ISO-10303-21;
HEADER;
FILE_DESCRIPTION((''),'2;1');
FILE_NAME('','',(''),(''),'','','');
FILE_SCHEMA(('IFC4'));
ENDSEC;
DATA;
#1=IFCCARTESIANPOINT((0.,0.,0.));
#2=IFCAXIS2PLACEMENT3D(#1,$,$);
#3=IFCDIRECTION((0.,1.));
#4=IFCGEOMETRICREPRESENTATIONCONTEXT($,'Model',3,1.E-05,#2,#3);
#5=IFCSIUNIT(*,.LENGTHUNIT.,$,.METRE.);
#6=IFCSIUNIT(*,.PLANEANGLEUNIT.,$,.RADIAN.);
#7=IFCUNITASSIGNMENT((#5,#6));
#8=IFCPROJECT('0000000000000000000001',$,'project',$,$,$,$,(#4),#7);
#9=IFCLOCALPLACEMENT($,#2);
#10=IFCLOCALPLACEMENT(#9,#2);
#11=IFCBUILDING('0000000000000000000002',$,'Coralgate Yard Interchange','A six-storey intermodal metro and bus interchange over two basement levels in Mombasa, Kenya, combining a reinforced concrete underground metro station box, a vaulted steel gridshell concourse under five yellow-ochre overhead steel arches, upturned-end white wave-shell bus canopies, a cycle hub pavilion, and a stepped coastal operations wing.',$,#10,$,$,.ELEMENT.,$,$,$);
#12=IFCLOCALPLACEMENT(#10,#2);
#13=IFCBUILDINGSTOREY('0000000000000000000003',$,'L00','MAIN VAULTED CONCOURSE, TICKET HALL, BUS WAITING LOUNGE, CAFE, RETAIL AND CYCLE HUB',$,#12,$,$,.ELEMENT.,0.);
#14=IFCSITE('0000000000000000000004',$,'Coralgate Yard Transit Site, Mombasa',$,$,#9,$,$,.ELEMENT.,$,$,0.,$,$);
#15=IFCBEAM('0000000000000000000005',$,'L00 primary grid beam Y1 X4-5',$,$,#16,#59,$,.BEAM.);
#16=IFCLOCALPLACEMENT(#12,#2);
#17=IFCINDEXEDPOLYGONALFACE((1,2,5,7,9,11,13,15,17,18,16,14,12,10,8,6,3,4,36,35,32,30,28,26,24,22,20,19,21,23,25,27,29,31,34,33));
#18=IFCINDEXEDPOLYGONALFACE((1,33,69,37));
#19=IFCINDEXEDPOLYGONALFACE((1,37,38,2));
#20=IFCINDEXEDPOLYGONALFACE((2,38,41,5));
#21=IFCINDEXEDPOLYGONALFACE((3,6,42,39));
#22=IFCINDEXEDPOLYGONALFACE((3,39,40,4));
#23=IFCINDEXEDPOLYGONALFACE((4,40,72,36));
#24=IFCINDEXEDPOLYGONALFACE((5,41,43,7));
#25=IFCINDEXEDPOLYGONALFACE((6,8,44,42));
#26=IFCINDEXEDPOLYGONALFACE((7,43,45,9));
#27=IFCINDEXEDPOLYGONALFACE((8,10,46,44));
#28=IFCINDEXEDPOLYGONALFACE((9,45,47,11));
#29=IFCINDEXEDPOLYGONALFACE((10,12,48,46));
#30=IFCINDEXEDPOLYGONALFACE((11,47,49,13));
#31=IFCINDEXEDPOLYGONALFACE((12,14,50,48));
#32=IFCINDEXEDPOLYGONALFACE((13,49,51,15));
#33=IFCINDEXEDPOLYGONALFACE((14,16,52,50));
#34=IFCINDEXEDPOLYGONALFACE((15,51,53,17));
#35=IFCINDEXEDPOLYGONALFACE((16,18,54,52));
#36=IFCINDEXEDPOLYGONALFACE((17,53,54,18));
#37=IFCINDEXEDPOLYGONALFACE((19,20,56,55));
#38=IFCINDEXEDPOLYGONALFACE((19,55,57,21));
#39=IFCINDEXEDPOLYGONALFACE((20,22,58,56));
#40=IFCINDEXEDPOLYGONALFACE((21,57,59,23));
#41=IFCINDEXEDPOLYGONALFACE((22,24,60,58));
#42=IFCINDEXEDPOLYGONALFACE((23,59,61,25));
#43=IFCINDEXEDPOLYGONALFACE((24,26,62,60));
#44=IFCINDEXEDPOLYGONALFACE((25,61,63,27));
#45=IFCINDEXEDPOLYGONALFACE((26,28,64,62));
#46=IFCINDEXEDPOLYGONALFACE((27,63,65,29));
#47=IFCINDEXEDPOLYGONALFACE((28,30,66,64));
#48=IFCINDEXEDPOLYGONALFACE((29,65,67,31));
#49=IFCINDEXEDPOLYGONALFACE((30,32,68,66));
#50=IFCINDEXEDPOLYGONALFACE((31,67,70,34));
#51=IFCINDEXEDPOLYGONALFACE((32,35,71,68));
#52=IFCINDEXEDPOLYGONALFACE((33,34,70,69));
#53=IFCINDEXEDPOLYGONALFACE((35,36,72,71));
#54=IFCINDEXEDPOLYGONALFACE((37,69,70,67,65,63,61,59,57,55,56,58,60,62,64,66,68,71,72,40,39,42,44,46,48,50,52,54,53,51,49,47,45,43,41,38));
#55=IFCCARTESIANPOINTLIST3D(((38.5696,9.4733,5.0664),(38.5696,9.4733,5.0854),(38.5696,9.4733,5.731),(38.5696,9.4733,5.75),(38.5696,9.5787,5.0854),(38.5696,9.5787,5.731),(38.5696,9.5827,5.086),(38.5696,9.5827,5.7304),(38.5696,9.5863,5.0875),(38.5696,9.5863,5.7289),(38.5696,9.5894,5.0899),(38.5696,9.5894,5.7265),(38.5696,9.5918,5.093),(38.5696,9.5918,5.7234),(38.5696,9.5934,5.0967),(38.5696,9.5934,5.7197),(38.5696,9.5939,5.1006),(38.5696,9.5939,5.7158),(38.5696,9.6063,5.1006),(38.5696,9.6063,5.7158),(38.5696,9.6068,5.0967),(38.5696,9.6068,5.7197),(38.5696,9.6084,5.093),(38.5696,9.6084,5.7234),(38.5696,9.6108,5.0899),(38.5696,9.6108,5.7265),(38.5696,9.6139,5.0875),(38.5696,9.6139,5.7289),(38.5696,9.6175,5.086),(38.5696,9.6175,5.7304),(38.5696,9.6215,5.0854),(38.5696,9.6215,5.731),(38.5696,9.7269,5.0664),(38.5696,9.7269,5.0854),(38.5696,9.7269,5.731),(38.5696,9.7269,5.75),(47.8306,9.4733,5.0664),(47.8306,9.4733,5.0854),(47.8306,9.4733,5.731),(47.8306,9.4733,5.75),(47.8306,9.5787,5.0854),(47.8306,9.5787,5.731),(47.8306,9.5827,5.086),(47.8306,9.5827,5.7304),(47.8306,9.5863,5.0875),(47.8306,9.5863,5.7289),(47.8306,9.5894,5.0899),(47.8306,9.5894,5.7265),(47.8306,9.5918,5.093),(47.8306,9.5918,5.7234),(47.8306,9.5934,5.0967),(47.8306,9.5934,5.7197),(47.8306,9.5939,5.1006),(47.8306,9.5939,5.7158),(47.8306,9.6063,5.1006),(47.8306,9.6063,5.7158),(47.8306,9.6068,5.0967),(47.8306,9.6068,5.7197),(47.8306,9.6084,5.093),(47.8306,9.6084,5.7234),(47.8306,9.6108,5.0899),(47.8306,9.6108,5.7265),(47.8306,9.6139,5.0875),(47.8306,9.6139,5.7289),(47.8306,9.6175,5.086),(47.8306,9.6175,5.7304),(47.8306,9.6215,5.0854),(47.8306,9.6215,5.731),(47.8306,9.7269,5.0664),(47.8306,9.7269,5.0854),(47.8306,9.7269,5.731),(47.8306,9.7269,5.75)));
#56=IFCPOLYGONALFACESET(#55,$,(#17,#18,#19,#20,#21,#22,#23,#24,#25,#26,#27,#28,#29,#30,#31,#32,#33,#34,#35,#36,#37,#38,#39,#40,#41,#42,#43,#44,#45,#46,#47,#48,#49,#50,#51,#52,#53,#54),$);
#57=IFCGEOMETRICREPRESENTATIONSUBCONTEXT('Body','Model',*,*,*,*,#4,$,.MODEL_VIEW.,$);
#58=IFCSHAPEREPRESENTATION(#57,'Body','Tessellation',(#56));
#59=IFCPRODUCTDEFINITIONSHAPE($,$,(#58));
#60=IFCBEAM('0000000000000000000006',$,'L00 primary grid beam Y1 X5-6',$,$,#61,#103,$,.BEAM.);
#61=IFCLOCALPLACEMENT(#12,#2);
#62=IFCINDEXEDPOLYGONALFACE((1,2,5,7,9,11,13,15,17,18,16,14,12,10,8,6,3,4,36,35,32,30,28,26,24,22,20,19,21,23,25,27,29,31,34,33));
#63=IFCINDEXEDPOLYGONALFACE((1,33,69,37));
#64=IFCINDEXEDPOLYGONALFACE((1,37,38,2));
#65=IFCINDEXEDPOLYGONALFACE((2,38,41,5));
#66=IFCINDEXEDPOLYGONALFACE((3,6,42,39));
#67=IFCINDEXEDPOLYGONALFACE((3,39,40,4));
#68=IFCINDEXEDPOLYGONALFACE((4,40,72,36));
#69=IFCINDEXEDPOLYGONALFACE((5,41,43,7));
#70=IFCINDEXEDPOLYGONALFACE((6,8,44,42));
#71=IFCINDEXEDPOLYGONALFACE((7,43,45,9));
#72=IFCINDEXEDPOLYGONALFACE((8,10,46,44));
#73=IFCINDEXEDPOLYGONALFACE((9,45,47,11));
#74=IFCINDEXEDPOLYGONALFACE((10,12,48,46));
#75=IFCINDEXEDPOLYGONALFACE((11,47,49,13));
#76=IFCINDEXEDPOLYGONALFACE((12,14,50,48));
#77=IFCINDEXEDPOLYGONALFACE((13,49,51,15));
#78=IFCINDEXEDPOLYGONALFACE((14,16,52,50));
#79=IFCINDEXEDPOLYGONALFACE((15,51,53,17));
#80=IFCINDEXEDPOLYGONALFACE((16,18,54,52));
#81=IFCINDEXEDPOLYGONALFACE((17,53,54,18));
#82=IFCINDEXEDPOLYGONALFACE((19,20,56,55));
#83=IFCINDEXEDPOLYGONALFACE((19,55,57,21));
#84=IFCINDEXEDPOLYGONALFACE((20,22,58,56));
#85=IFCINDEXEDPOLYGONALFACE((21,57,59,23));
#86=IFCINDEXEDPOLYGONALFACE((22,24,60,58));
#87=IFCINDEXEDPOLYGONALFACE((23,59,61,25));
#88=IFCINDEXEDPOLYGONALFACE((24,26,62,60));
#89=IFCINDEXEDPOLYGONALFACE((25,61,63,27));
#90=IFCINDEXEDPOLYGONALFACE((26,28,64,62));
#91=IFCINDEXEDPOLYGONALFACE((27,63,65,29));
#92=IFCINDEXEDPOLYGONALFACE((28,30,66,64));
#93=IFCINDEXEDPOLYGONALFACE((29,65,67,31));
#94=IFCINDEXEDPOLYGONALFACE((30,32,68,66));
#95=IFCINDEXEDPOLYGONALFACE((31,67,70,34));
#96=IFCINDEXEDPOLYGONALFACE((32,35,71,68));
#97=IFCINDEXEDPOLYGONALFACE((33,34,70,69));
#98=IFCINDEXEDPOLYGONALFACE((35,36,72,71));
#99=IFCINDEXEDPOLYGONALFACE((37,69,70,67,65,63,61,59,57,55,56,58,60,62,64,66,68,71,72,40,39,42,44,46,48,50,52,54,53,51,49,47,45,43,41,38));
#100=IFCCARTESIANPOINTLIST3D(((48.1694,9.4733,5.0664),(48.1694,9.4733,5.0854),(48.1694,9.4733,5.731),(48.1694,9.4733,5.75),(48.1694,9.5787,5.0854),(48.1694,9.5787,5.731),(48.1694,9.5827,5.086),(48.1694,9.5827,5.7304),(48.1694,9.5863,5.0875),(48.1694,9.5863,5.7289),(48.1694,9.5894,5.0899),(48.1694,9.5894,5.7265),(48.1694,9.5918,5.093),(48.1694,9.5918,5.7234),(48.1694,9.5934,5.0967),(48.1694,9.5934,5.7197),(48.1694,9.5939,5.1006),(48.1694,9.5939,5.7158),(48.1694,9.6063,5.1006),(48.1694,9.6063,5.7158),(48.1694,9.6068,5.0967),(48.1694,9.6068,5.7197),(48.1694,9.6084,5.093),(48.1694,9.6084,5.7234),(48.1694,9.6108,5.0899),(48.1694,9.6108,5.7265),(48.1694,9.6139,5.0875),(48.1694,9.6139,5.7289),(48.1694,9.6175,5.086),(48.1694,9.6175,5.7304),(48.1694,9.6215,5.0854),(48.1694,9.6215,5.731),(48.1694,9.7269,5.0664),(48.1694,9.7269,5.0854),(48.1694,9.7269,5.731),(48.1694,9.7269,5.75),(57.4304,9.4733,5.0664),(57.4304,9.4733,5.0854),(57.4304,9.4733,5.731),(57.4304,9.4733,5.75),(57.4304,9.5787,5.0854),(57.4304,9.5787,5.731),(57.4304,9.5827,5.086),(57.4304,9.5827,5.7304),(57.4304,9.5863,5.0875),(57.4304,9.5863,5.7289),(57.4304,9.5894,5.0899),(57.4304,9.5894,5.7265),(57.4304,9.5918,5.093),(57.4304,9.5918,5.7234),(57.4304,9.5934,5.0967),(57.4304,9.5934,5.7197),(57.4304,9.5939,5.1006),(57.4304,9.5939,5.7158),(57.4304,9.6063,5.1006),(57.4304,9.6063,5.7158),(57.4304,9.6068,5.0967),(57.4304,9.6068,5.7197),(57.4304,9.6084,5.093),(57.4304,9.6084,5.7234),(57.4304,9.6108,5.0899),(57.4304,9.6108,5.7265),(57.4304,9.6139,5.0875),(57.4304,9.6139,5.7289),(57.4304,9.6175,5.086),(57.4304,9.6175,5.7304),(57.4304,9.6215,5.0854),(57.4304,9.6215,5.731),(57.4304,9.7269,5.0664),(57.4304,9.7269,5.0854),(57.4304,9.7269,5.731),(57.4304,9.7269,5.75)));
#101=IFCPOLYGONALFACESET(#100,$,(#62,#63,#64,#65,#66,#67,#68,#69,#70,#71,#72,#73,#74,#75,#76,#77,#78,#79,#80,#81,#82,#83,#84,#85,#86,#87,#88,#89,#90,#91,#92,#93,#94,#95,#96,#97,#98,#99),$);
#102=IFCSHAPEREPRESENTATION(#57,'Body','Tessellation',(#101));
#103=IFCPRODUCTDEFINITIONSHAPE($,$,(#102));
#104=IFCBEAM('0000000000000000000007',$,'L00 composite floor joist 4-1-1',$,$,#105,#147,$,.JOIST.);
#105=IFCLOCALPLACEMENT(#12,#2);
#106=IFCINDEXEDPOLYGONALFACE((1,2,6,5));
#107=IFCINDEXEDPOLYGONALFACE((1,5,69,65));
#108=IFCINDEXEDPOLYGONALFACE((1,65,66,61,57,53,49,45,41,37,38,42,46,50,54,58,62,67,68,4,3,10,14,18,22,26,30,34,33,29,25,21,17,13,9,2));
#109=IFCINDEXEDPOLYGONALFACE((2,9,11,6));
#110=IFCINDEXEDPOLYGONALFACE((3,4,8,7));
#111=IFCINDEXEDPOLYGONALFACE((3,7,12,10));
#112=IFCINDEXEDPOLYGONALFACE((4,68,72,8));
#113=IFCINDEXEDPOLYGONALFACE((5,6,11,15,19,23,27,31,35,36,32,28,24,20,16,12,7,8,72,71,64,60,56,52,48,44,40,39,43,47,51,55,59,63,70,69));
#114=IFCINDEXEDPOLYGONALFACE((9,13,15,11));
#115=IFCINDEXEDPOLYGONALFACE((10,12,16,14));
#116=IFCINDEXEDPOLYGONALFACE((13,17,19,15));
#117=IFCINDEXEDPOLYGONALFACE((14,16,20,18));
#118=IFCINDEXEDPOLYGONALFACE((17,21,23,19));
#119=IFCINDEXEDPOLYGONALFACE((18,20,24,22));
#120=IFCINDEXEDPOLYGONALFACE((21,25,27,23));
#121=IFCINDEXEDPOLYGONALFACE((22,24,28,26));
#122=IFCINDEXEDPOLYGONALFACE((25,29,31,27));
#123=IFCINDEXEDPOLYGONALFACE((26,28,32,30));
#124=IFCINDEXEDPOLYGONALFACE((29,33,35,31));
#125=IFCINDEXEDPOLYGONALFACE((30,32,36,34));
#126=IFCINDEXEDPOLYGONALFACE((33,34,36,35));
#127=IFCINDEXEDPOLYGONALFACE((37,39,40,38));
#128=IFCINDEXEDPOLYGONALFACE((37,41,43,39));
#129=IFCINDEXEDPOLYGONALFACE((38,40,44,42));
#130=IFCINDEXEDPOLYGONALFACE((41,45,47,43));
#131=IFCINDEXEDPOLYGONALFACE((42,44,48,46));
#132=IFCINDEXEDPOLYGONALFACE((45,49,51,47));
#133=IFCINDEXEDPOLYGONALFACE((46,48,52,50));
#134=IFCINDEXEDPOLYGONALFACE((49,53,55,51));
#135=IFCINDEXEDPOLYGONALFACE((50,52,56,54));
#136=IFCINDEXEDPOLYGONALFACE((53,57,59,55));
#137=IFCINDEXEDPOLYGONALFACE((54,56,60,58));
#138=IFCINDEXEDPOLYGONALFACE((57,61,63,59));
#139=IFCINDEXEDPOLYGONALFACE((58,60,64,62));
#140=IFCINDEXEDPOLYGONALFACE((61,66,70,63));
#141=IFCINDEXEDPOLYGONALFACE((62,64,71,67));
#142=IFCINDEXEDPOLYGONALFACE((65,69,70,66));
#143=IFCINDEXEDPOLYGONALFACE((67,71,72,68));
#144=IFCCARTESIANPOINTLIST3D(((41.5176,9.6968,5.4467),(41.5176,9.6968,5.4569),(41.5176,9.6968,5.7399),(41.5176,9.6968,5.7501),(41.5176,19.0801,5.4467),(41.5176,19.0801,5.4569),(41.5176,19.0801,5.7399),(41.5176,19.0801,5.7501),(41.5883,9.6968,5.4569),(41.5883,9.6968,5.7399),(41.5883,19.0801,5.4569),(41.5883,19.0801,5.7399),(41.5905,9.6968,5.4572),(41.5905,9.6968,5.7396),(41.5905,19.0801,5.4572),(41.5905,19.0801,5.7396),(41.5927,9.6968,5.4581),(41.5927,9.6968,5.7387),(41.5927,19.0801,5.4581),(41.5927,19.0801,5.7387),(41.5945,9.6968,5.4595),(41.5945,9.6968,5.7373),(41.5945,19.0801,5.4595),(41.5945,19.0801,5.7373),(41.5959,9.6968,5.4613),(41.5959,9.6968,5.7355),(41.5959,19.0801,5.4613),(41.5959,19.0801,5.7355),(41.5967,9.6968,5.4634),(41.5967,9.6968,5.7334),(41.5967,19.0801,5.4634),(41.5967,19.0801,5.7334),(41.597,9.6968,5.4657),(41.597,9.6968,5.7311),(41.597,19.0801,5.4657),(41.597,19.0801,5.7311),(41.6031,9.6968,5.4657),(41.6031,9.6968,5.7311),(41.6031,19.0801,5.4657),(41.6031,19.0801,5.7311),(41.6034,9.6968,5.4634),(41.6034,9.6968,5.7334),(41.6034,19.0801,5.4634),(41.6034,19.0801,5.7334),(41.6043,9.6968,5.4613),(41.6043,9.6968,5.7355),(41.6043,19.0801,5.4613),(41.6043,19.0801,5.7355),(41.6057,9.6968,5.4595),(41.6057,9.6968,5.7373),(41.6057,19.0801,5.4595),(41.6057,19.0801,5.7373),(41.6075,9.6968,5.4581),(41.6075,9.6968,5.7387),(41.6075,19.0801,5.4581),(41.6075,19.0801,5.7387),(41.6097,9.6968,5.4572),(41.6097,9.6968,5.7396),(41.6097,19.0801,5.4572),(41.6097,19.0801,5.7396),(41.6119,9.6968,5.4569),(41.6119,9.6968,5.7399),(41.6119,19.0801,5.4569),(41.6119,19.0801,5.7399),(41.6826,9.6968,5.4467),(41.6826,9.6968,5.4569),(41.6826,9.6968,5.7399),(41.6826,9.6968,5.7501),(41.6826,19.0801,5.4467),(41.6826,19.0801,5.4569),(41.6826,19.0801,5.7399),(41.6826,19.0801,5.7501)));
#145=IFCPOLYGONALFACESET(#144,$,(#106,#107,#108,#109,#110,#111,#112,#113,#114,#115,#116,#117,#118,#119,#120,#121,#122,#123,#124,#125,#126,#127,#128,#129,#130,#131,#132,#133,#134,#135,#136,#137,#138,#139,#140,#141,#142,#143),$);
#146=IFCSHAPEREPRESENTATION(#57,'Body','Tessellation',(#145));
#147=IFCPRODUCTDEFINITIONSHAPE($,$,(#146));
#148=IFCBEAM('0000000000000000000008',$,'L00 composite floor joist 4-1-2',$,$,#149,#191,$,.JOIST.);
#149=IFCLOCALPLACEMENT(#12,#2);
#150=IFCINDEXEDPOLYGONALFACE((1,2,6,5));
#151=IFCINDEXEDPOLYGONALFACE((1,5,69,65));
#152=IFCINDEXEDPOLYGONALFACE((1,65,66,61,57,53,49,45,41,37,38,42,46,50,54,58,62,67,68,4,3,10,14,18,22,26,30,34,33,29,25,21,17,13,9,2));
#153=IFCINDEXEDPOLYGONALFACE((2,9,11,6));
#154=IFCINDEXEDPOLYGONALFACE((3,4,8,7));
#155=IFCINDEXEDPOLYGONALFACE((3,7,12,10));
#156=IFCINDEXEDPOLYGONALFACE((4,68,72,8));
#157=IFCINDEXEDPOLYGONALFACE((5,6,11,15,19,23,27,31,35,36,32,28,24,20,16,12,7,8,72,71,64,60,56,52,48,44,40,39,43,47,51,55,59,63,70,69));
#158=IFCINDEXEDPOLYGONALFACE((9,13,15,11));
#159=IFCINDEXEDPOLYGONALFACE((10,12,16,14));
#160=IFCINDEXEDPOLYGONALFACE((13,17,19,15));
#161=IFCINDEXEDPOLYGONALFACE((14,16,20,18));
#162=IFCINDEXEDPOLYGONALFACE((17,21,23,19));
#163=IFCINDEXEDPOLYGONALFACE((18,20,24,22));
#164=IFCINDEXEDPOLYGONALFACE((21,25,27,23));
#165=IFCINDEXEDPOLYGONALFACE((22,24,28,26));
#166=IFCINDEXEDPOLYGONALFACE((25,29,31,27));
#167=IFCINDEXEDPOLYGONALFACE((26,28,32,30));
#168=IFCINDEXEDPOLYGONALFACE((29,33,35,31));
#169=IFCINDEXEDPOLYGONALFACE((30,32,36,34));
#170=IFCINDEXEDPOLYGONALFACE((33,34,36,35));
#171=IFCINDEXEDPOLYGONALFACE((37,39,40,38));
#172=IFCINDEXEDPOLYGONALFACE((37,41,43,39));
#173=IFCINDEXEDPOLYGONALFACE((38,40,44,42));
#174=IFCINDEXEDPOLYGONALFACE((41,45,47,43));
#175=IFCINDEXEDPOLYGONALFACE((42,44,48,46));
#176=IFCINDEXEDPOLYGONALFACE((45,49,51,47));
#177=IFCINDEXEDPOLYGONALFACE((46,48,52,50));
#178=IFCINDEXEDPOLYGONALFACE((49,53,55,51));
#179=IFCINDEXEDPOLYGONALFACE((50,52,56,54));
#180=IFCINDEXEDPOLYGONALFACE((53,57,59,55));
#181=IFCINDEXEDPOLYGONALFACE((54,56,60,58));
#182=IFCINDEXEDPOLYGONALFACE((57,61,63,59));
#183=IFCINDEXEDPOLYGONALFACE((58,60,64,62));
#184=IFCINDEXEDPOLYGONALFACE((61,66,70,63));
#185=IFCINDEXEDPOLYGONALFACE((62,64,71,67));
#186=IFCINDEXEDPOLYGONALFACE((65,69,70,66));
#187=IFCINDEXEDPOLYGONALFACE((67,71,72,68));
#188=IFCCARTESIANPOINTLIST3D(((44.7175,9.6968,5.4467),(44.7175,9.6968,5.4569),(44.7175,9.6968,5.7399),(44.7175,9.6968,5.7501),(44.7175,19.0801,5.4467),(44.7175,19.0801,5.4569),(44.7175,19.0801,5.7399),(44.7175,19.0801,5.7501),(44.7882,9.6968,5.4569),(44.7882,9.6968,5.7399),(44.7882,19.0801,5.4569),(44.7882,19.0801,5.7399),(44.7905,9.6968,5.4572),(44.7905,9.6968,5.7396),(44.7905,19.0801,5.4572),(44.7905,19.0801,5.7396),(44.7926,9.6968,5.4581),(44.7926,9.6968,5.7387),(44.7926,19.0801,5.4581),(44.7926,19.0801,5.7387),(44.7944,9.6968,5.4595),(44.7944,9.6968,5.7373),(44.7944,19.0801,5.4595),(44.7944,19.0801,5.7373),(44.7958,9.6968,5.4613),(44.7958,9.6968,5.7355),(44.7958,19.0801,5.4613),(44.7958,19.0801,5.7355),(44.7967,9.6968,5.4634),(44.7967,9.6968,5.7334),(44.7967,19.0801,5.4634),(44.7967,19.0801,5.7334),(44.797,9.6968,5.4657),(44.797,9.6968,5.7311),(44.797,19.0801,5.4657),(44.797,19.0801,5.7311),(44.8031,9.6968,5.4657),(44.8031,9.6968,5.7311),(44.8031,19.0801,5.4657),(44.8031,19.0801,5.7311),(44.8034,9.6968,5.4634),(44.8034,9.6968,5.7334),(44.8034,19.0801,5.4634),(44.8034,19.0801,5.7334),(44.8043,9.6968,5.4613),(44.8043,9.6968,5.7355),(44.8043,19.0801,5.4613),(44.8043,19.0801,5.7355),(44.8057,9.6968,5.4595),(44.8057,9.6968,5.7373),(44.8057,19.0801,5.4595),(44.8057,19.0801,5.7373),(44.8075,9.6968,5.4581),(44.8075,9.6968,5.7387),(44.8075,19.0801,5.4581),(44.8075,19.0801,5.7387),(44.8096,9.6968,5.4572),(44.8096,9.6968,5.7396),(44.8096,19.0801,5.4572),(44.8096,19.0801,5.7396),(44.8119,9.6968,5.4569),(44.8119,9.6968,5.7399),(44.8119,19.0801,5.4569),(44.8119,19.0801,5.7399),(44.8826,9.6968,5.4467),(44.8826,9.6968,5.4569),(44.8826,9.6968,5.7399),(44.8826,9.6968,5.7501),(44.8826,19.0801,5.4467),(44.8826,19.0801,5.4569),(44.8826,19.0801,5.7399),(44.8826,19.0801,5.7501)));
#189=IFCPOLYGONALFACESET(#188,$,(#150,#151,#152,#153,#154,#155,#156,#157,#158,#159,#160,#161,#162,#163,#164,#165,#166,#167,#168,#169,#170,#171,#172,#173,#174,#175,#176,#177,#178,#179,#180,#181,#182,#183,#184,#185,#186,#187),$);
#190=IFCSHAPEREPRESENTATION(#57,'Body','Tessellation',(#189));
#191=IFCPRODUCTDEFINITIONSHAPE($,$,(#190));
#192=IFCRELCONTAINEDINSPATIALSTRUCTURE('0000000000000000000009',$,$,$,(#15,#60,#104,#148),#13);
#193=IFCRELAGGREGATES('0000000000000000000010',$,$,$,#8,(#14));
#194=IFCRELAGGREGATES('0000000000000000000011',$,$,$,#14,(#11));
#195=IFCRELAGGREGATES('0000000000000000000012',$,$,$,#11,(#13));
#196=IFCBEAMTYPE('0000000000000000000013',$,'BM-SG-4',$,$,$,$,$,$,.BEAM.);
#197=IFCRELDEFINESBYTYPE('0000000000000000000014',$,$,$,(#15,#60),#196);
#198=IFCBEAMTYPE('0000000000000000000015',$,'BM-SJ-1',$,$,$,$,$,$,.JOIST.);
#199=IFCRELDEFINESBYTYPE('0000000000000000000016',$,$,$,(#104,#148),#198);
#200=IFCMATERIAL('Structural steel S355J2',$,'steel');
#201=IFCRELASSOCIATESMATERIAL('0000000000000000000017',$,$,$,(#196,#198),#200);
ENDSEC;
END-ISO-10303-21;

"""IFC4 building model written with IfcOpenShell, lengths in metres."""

from ifc_helpers import new_model, si_unit, direction, frame, origin, origin_2d, place, context, subcontext, project, spatial, i_section, extrude, material, material_profile, profile_set, type_object, element, save


model = new_model("IFC4")

# Units and contexts
model_context = context("Model", 3, precision=1e-05, world=origin(), true_north=direction((0.0, 1.0)))
body_context = subcontext(model_context, "Body", "Model", "MODEL_VIEW")
ifc_project = project(units=[si_unit("LENGTHUNIT", "METRE"), si_unit("PLANEANGLEUNIT", "RADIAN")], contexts=[model_context])

# Site, building, storey
site_placement = place(None, origin())
site = spatial("IfcSite", under=ifc_project, at=site_placement, Name="Coralgate Yard Transit Site, Mombasa", CompositionType="ELEMENT", RefElevation=0.0)
building_placement = place(site_placement, origin())
building = spatial("IfcBuilding", under=site, at=building_placement, Name="Coralgate Yard Interchange", Description="A six-storey intermodal metro and bus interchange over two basement levels in Mombasa, Kenya, combining a reinforced concrete underground metro station box, a vaulted steel gridshell concourse under five yellow-ochre overhead steel arches, upturned-end white wave-shell bus canopies, a cycle hub pavilion, and a stepped coastal operations wing.", CompositionType="ELEMENT")
storey_placement = place(building_placement, origin())
storey = spatial("IfcBuildingStorey", under=building, at=storey_placement, Name="L00", Description="MAIN VAULTED CONCOURSE, TICKET HALL, BUS WAITING LOUNGE, CAFE, RETAIL AND CYCLE HUB", CompositionType="ELEMENT", Elevation=0.0)

# Shared definitions
ifc_material_1 = material(Name="Structural steel S355J2", Category="steel")

# Beams
ifc_material_profile_1 = material_profile(ifc_material_1, i_section(OverallWidth=0.2537, OverallDepth=0.6836, WebThickness=0.0125, FlangeThickness=0.019, FilletRadius=0.0151, at=origin_2d()), Name="UB 686x254x140")
ifc_profile_set_1 = profile_set([ifc_material_profile_1], Name="Structural steel S355J2")
beam_type_1 = type_object("IfcBeamType", Name="BM-SG-4", PredefinedType="BEAM", material=ifc_profile_set_1)
for number, where, z_axis, x_axis, name in (
    (1, (38.5696, 9.6001, 5.4082), (1.0, 0.0, 0.0), (0.0, 1.0, 0.0), "L00 primary grid beam Y1 X4-5"),
    (2, (48.1694, 9.6001, 5.4082), (1.0, 0.0, 0.0), (0.0, 1.0, 0.0), "L00 primary grid beam Y1 X5-6"),
):
    element("IfcBeam", number, at=place(storey_placement, frame(where, z_axis=z_axis, x_axis=x_axis)), inside=storey, type_object=beam_type_1, Name=name, PredefinedType="BEAM", context=body_context, shape_type="SweptSolid", body=[
        extrude(i_section(OverallWidth=0.2537, OverallDepth=0.6836, WebThickness=0.0125, FlangeThickness=0.019, FilletRadius=0.0151, at=origin_2d()), origin(), (0.0, 0.0, 1.0), 9.261),
    ])
ifc_material_profile_2 = material_profile(ifc_material_1, i_section(OverallWidth=0.165, OverallDepth=0.3035, WebThickness=0.0061, FlangeThickness=0.0103, FilletRadius=0.0088, at=origin_2d()), Name="UB 305x165x40")
ifc_profile_set_2 = profile_set([ifc_material_profile_2], Name="Structural steel S355J2")
beam_type_2 = type_object("IfcBeamType", Name="BM-SJ-1", PredefinedType="JOIST", material=ifc_profile_set_2)
for number, where, z_axis, x_axis, name in (
    (3, (41.6001, 9.6968, 5.5984), (0.0, 1.0, 0.0), (-1.0, 0.0, 0.0), "L00 composite floor joist 4-1-1"),
    (4, (44.8, 9.6968, 5.5984), (0.0, 1.0, 0.0), (-1.0, 0.0, 0.0), "L00 composite floor joist 4-1-2"),
):
    element("IfcBeam", number, at=place(storey_placement, frame(where, z_axis=z_axis, x_axis=x_axis)), inside=storey, type_object=beam_type_2, Name=name, PredefinedType="JOIST", context=body_context, shape_type="SweptSolid", body=[
        extrude(i_section(OverallWidth=0.165, OverallDepth=0.3035, WebThickness=0.0061, FlangeThickness=0.0103, FilletRadius=0.0088, at=origin_2d()), origin(), (0.0, 0.0, 1.0), 9.3833),
    ])

save(model, "model.ifc")
